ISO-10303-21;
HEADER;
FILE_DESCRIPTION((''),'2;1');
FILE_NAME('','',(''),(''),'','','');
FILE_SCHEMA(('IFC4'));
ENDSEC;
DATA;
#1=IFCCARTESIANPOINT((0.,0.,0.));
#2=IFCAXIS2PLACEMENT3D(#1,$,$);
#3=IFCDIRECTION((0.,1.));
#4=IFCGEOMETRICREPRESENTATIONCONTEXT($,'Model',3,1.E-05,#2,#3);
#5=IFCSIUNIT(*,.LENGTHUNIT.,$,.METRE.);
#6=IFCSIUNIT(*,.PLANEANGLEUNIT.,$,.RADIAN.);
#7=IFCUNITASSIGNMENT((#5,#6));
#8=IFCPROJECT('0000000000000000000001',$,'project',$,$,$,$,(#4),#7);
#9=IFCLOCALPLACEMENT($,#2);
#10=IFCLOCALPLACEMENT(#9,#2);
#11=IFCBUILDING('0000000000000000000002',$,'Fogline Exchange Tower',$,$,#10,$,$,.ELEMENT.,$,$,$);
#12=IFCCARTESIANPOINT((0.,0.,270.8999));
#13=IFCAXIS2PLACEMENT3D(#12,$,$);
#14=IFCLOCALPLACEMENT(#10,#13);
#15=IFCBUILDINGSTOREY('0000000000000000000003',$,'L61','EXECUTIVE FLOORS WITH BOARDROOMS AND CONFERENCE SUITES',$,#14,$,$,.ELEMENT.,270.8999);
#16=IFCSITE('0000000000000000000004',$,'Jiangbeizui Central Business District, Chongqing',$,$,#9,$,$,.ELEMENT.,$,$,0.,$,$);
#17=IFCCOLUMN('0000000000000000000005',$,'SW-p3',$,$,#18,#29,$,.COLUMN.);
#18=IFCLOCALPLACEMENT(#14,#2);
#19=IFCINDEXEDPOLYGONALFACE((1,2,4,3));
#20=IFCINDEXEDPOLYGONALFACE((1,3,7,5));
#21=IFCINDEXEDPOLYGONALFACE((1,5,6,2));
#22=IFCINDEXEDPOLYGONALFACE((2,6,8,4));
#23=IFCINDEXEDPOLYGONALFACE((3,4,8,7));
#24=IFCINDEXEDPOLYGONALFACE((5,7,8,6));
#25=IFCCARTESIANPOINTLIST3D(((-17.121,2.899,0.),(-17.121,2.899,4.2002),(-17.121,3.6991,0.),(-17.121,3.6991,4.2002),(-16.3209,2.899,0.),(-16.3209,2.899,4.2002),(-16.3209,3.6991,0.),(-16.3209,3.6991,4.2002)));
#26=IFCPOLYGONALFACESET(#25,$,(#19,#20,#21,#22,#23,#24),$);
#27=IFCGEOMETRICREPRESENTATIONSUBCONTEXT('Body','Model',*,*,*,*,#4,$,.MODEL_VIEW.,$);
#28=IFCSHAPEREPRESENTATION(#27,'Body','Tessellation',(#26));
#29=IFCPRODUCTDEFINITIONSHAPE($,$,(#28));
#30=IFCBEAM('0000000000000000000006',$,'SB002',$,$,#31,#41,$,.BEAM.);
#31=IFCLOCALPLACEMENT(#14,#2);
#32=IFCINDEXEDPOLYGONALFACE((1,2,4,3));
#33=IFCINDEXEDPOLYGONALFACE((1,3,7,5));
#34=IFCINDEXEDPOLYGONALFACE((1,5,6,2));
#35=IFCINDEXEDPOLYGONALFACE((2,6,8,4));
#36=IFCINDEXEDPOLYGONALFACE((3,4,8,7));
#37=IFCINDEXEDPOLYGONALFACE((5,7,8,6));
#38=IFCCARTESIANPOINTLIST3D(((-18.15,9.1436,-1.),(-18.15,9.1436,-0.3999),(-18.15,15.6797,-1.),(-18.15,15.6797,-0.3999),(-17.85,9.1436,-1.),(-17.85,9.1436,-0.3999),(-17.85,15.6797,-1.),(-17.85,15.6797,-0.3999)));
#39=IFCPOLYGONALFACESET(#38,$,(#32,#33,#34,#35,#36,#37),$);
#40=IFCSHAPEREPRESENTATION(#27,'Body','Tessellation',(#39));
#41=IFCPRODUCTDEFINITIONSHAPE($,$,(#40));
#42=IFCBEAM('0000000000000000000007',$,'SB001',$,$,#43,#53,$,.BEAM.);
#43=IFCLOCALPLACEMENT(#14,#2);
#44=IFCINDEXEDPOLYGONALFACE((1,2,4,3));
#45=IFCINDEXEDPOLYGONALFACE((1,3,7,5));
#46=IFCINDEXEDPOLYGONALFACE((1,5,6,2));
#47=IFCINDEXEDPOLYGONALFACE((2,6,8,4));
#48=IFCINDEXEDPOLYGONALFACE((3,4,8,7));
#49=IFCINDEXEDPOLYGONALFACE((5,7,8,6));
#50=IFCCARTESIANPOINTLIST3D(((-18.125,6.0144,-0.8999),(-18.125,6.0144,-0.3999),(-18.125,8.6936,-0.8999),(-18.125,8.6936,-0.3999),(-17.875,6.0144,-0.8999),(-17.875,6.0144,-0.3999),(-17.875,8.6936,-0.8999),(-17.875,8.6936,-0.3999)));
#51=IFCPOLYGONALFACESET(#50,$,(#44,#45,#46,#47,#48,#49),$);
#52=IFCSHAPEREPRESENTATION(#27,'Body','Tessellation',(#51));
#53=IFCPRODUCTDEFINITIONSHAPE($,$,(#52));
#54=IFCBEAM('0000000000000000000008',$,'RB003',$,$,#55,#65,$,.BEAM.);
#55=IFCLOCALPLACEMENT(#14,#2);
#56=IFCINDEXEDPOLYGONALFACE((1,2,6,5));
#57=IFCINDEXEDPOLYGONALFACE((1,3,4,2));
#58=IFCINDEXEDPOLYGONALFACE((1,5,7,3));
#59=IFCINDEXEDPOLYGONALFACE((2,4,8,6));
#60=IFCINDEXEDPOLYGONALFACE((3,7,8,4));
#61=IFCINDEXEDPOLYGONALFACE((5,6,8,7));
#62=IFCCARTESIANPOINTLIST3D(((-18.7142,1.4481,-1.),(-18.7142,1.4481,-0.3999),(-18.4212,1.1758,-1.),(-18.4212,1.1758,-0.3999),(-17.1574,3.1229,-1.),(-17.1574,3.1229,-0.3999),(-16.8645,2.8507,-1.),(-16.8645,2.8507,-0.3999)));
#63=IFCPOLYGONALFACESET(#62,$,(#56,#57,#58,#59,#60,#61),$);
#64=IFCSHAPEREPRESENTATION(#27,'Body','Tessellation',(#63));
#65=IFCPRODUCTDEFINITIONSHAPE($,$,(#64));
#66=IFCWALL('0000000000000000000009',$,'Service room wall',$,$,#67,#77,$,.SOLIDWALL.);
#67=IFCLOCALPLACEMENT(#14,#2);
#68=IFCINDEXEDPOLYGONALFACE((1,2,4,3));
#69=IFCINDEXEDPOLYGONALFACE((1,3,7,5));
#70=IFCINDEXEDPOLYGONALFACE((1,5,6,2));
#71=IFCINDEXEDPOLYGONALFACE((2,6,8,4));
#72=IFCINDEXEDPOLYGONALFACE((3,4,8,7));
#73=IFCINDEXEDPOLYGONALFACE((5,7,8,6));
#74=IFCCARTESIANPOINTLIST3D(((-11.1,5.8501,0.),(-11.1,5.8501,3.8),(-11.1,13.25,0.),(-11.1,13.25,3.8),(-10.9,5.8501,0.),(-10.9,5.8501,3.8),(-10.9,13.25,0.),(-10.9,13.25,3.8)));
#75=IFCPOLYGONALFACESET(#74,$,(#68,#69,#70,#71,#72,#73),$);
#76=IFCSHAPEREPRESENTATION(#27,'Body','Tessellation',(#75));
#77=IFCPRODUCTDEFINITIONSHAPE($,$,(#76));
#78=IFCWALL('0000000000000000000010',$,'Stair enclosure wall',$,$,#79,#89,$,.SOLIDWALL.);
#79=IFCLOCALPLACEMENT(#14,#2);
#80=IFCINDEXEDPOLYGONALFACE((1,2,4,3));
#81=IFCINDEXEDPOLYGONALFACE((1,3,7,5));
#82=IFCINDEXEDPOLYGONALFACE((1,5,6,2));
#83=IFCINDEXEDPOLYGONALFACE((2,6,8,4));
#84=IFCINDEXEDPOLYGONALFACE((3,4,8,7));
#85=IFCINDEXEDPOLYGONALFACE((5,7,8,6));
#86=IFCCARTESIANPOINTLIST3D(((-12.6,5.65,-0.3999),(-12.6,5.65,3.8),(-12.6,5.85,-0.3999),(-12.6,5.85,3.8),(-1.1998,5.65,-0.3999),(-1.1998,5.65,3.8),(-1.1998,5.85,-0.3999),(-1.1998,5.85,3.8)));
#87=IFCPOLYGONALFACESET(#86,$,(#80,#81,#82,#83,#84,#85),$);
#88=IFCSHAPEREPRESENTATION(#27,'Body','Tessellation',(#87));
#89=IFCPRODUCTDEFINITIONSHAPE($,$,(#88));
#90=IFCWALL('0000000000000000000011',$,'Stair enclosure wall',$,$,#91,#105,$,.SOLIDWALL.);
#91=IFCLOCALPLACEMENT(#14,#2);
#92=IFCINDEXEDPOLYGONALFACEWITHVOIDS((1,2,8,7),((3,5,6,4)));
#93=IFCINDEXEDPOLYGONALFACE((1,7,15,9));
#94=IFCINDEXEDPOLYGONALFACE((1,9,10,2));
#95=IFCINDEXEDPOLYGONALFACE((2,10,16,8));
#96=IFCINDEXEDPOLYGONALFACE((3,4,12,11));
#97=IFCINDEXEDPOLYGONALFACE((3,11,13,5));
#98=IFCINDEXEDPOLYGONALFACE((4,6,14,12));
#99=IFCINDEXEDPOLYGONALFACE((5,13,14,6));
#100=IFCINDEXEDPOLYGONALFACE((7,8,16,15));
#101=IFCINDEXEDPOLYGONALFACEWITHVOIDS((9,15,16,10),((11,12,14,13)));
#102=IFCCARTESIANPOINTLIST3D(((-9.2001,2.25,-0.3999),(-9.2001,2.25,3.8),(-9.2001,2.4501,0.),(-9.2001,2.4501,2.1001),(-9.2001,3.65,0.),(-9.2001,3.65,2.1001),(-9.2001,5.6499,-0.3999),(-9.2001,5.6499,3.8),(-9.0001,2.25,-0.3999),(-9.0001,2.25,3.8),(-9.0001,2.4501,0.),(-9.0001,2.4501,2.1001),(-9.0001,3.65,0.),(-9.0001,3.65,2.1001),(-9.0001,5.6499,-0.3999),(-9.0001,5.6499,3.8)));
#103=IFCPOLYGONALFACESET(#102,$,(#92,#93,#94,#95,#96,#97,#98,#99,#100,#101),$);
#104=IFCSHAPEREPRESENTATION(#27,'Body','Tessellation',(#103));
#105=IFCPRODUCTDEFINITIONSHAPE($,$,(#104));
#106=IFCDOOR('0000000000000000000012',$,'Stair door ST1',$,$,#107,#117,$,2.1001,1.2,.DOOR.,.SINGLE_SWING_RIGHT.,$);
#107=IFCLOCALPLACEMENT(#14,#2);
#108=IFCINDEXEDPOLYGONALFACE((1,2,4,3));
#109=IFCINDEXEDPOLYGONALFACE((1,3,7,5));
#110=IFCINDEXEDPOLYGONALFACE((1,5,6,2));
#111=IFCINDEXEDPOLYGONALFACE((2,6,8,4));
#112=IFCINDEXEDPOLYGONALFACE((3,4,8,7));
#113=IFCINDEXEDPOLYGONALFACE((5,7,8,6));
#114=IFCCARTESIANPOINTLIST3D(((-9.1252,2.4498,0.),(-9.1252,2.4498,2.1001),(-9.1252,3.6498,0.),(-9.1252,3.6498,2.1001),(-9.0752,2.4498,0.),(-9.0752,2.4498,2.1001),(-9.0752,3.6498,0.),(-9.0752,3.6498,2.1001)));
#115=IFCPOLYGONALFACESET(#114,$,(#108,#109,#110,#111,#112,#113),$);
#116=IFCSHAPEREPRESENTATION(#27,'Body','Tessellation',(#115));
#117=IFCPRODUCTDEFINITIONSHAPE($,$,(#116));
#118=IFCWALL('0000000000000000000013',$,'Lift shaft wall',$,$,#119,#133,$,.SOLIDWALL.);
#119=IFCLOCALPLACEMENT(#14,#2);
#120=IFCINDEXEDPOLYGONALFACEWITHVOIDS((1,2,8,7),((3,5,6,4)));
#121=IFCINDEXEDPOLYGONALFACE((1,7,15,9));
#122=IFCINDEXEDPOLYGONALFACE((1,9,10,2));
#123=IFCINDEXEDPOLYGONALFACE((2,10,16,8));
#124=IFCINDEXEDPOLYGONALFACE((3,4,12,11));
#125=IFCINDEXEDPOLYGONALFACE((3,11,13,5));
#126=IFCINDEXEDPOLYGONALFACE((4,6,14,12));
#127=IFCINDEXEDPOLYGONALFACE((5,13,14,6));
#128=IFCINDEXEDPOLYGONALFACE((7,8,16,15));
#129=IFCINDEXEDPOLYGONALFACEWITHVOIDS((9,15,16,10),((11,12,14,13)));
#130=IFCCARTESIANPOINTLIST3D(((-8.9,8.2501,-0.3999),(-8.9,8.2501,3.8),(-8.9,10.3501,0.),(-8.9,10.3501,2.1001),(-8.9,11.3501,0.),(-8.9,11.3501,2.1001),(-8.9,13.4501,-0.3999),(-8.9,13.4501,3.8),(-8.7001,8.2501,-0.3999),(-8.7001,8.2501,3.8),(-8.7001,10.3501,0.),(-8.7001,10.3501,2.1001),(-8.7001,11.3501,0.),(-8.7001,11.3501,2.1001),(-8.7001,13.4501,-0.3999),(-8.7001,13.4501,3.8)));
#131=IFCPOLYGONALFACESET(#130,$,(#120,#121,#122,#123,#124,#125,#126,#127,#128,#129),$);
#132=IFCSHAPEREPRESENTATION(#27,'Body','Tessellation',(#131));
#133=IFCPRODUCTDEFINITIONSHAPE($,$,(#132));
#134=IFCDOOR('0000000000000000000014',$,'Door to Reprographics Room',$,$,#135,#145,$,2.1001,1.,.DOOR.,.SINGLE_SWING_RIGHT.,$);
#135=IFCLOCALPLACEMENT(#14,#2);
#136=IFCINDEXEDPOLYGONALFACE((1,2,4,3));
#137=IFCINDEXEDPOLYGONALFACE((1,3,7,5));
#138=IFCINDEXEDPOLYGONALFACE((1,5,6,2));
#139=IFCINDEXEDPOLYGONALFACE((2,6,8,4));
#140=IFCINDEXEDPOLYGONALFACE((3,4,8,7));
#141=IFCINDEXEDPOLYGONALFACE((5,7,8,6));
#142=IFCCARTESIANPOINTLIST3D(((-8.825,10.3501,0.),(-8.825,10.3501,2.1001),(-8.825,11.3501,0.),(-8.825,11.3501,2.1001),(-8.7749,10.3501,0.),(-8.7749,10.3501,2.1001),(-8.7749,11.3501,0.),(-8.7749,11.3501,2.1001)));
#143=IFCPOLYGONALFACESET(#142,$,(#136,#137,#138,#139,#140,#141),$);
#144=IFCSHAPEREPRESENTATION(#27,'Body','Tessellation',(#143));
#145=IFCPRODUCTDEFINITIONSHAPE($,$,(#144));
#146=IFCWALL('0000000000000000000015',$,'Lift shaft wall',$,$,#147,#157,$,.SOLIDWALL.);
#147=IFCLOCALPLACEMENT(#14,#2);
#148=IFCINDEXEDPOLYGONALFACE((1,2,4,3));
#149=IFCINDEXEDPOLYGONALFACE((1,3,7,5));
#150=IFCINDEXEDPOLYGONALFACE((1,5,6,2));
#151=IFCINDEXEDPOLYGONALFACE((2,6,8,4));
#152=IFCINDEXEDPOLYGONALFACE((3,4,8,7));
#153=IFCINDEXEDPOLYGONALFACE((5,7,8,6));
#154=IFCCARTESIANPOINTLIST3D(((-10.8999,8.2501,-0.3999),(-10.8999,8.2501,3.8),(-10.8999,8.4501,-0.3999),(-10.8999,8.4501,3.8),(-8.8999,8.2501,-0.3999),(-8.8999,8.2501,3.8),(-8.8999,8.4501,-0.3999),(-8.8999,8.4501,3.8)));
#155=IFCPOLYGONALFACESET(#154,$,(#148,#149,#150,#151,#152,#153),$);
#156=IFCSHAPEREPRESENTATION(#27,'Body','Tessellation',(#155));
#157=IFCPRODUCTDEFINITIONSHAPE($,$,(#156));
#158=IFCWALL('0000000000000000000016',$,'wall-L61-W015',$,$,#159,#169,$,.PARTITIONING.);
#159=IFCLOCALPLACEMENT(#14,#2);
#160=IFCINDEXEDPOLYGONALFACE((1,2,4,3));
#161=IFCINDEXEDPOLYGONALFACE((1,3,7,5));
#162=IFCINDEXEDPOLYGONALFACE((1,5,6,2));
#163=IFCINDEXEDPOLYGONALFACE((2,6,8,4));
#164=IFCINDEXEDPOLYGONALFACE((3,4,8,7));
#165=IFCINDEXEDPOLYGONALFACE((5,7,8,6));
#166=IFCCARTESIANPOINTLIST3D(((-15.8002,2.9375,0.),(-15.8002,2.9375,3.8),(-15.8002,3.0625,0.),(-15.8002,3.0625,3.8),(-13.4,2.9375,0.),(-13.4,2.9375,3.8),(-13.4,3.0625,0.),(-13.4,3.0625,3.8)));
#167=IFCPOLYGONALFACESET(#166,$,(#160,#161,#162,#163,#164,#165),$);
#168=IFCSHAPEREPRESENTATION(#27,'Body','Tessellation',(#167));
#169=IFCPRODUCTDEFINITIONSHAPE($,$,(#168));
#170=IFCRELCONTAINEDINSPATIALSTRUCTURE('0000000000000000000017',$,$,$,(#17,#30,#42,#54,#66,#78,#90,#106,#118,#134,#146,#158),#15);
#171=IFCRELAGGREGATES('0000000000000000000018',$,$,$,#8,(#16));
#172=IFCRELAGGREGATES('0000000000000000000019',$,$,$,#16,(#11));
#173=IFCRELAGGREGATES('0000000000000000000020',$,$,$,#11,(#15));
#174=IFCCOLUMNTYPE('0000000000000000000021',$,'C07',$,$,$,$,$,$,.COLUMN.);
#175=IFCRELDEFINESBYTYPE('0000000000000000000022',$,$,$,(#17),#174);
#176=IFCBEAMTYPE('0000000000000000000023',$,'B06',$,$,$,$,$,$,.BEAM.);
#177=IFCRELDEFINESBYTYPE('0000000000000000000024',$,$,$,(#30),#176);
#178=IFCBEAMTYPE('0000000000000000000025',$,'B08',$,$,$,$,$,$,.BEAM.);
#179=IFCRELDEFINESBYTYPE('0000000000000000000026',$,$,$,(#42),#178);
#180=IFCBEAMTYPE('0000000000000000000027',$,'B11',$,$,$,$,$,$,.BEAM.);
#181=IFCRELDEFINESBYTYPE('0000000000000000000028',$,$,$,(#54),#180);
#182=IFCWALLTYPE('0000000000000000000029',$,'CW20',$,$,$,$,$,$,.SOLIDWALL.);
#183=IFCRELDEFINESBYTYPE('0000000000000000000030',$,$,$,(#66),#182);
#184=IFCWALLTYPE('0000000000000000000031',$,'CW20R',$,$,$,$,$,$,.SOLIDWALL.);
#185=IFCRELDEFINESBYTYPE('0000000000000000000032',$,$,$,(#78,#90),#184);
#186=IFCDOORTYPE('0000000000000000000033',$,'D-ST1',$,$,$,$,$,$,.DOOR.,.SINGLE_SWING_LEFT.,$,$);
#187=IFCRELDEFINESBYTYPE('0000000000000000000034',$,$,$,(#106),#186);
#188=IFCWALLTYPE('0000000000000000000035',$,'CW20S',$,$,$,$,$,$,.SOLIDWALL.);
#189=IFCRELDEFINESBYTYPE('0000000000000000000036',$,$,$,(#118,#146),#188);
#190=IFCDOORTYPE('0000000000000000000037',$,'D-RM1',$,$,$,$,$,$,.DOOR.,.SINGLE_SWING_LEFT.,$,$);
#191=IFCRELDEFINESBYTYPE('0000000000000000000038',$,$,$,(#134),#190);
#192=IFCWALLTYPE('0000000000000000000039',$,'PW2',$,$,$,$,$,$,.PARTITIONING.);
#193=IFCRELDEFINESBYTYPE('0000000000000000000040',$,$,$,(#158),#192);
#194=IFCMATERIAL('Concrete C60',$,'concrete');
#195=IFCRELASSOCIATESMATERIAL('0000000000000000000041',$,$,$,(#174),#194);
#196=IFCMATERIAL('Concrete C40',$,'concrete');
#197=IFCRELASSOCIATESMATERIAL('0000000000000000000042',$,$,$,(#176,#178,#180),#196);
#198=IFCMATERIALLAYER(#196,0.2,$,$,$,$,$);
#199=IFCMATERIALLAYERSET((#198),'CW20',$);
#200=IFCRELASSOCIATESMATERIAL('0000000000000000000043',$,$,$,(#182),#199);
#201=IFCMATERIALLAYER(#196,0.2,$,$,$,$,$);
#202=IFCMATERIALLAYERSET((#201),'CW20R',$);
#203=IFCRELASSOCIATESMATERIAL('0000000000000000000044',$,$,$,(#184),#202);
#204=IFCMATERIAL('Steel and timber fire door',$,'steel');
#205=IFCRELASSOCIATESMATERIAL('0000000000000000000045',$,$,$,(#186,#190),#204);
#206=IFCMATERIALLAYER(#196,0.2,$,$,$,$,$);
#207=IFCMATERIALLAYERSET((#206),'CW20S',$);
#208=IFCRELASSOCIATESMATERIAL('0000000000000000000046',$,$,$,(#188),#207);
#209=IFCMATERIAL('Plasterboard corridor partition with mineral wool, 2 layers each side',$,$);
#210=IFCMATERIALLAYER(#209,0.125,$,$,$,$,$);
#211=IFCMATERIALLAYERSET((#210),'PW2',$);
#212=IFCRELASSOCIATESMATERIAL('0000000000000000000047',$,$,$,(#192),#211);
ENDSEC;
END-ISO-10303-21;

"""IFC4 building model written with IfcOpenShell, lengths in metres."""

from ifc_helpers import new_model, si_unit, direction, frame, frame_2d, origin, origin_2d, place, context, subcontext, project, spatial, rectangle, extrude, material, layer, layer_set, material_profile, profile_set, type_object, element, fill, save


model = new_model("IFC4")

# Units and contexts
model_context = context("Model", 3, precision=1e-05, world=origin(), true_north=direction((0.0, 1.0)))
body_context = subcontext(model_context, "Body", "Model", "MODEL_VIEW")
ifc_project = project(units=[si_unit("LENGTHUNIT", "METRE"), si_unit("PLANEANGLEUNIT", "RADIAN")], contexts=[model_context])

# Site, building, storey
site_placement = place(None, origin())
site = spatial("IfcSite", under=ifc_project, at=site_placement, Name="Jiangbeizui Central Business District, Chongqing", CompositionType="ELEMENT", RefElevation=0.0)
building_placement = place(site_placement, origin())
building = spatial("IfcBuilding", under=site, at=building_placement, Name="Fogline Exchange Tower", CompositionType="ELEMENT")
storey_placement = place(building_placement, frame((0.0, 0.0, 270.8999)))
storey = spatial("IfcBuildingStorey", under=building, at=storey_placement, Name="L61", Description="EXECUTIVE FLOORS WITH BOARDROOMS AND CONFERENCE SUITES", CompositionType="ELEMENT", Elevation=270.8999)

# Column
ifc_material_1 = material(Name="Concrete C60", Category="concrete")
ifc_material_profile_1 = material_profile(ifc_material_1, rectangle(XDim=0.8, YDim=0.8, at=origin_2d()), Name="RC 800x800")
ifc_profile_set_1 = profile_set([ifc_material_profile_1], Name="Concrete C60")
column_type = type_object("IfcColumnType", Name="C07", PredefinedType="COLUMN", material=ifc_profile_set_1)
column_placement = place(storey_placement, frame((-16.7209, 3.2991, 0.0), z_axis=(0.0, 0.0, 1.0), x_axis=(1.0, 0.0, 0.0)))
element("IfcColumn", 1, at=column_placement, inside=storey, type_object=column_type, Name="SW-p3", PredefinedType="COLUMN", context=body_context, shape_type="SweptSolid", body=[
    extrude(rectangle(XDim=0.8, YDim=0.8, at=origin_2d()), origin(), (0.0, 0.0, 1.0), 4.2002),
])

# Beams
ifc_material_2 = material(Name="Concrete C40", Category="concrete")
ifc_material_profile_2 = material_profile(ifc_material_2, rectangle(XDim=0.3, YDim=0.6001, at=origin_2d()), Name="RC 300x600")
ifc_profile_set_2 = profile_set([ifc_material_profile_2], Name="Concrete C40")
beam_type_1 = type_object("IfcBeamType", Name="B06", PredefinedType="BEAM", material=ifc_profile_set_2)
beam_1_placement = place(storey_placement, frame((-18.0, 9.1436, -0.7), z_axis=(0.0, 1.0, 0.0), x_axis=(-1.0, 0.0, 0.0)))
element("IfcBeam", 2, at=beam_1_placement, inside=storey, type_object=beam_type_1, Name="SB002", PredefinedType="BEAM", context=body_context, shape_type="SweptSolid", body=[
    extrude(rectangle(XDim=0.3, YDim=0.6001, at=origin_2d()), origin(), (0.0, 0.0, 1.0), 6.5361),
])
ifc_material_profile_3 = material_profile(ifc_material_2, rectangle(XDim=0.25, YDim=0.5, at=origin_2d()), Name="RC 250x500")
ifc_profile_set_3 = profile_set([ifc_material_profile_3], Name="Concrete C40")
beam_type_2 = type_object("IfcBeamType", Name="B08", PredefinedType="BEAM", material=ifc_profile_set_3)
beam_2_placement = place(storey_placement, frame((-18.0, 6.0144, -0.6499), z_axis=(0.0, 1.0, 0.0), x_axis=(-1.0, 0.0, 0.0)))
element("IfcBeam", 3, at=beam_2_placement, inside=storey, type_object=beam_type_2, Name="SB001", PredefinedType="BEAM", context=body_context, shape_type="SweptSolid", body=[
    extrude(rectangle(XDim=0.25, YDim=0.5, at=origin_2d()), origin(), (0.0, 0.0, 1.0), 2.6792),
])
ifc_material_profile_4 = material_profile(ifc_material_2, rectangle(XDim=0.3999, YDim=0.6001, at=origin_2d()), Name="RC 400x600")
ifc_profile_set_4 = profile_set([ifc_material_profile_4], Name="Concrete C40")
beam_type_3 = type_object("IfcBeamType", Name="B11", PredefinedType="BEAM", material=ifc_profile_set_4)
beam_3_placement = place(storey_placement, frame((-17.011, 2.9868, -0.7), z_axis=(-0.680795, -0.732474, 0.0), x_axis=(0.732474, -0.680795, 0.0)))
element("IfcBeam", 4, at=beam_3_placement, inside=storey, type_object=beam_type_3, Name="RB003", PredefinedType="BEAM", context=body_context, shape_type="SweptSolid", body=[
    extrude(rectangle(XDim=0.3999, YDim=0.6001, at=origin_2d()), origin(), (0.0, 0.0, 1.0), 2.2866),
])

# Walls
ifc_layer_1 = layer(ifc_material_2, 0.2)
ifc_layer_set_1 = layer_set([ifc_layer_1], Name="CW20")
wall_type_1 = type_object("IfcWallType", Name="CW20", PredefinedType="SOLIDWALL", material=ifc_layer_set_1)
wall_1_placement = place(storey_placement, frame((-11.0, 5.8501, 0.0), z_axis=(0.0, 0.0, 1.0), x_axis=(0.0, 1.0, 0.0)))
element("IfcWall", 5, at=wall_1_placement, inside=storey, type_object=wall_type_1, Name="Service room wall", PredefinedType="SOLIDWALL", context=body_context, shape_type="SweptSolid", body=[
    extrude(rectangle(XDim=7.3999, YDim=0.2, at=frame_2d((3.7, 0.0))), origin(), (0.0, 0.0, 1.0), 3.8),
])
ifc_layer_2 = layer(ifc_material_2, 0.2)
ifc_layer_set_2 = layer_set([ifc_layer_2], Name="CW20R")
wall_type_2 = type_object("IfcWallType", Name="CW20R", PredefinedType="SOLIDWALL", material=ifc_layer_set_2)
wall_2_placement = place(storey_placement, frame((-12.6001, 5.75, -0.3999), z_axis=(0.0, 0.0, 1.0), x_axis=(1.0, 0.0, 0.0)))
element("IfcWall", 6, at=wall_2_placement, inside=storey, type_object=wall_type_2, Name="Stair enclosure wall", PredefinedType="SOLIDWALL", context=body_context, shape_type="SweptSolid", body=[
    extrude(rectangle(XDim=11.4001, YDim=0.2, at=frame_2d((5.7002, 0.0))), origin(), (0.0, 0.0, 1.0), 4.2),
])

# Walls, openings, doors
wall_3_placement = place(storey_placement, frame((-9.1001, 2.25, -0.3999), z_axis=(0.0, 0.0, 1.0), x_axis=(0.0, 1.0, 0.0)))
wall_3 = element("IfcWall", 7, at=wall_3_placement, inside=storey, type_object=wall_type_2, Name="Stair enclosure wall", PredefinedType="SOLIDWALL", context=body_context, shape_type="SweptSolid", body=[
    extrude(rectangle(XDim=3.3999, YDim=0.2, at=frame_2d((1.7, 0.0))), origin(), (0.0, 0.0, 1.0), 4.2),
])
opening_1_placement = place(wall_3_placement, frame((0.2, 0.0, 0.3999)))
opening_1 = element("IfcOpeningElement", 8, at=opening_1_placement, cuts=wall_3, PredefinedType="OPENING", context=body_context, shape_type="SweptSolid", body=[
    extrude(rectangle(XDim=1.2, YDim=2.1001, at=frame_2d((0.6001, 1.05))), frame((0.0, 0.1099, 0.0), z_axis=(0.0, -1.0, 0.0), x_axis=(1.0, 0.0, 0.0)), (0.0, 0.0, 1.0), 0.22),
])
ifc_material_3 = material(Name="Steel and timber fire door", Category="steel")
door_type_1 = type_object("IfcDoorType", Name="D-ST1", OperationType="SINGLE_SWING_LEFT", PredefinedType="DOOR", material=ifc_material_3)
door_1_placement = place(opening_1_placement, frame((1.2, 0.0, 0.0), z_axis=(0.0, 0.0, 1.0), x_axis=(-1.0, 0.0, 0.0)))
door_1 = element("IfcDoor", 9, at=door_1_placement, inside=storey, type_object=door_type_1, Name="Stair door ST1", OperationType="SINGLE_SWING_RIGHT", OverallHeight=2.1001, OverallWidth=1.2, PredefinedType="DOOR", context=body_context, shape_type="SweptSolid", body=[
    extrude(rectangle(XDim=1.2, YDim=2.1001, at=frame_2d((0.6001, 1.05))), frame((0.0, 0.0249, 0.0), z_axis=(0.0, -1.0, 0.0), x_axis=(1.0, 0.0, 0.0)), (0.0, 0.0, 1.0), 0.05),
])
fill(opening_1, door_1)
ifc_layer_3 = layer(ifc_material_2, 0.2)
ifc_layer_set_3 = layer_set([ifc_layer_3], Name="CW20S")
wall_type_3 = type_object("IfcWallType", Name="CW20S", PredefinedType="SOLIDWALL", material=ifc_layer_set_3)
wall_4_placement = place(storey_placement, frame((-8.8, 8.25, -0.3999), z_axis=(0.0, 0.0, 1.0), x_axis=(0.0, 1.0, 0.0)))
wall_4 = element("IfcWall", 10, at=wall_4_placement, inside=storey, type_object=wall_type_3, Name="Lift shaft wall", PredefinedType="SOLIDWALL", context=body_context, shape_type="SweptSolid", body=[
    extrude(rectangle(XDim=5.2, YDim=0.2, at=frame_2d((2.6001, 0.0))), origin(), (0.0, 0.0, 1.0), 4.2),
])
opening_2_placement = place(wall_4_placement, frame((2.1001, 0.0, 0.3999)))
opening_2 = element("IfcOpeningElement", 11, at=opening_2_placement, cuts=wall_4, PredefinedType="OPENING", context=body_context, shape_type="SweptSolid", body=[
    extrude(rectangle(XDim=1.0, YDim=2.1001, at=frame_2d((0.5, 1.05))), frame((0.0, 0.1099, 0.0), z_axis=(0.0, -1.0, 0.0), x_axis=(1.0, 0.0, 0.0)), (0.0, 0.0, 1.0), 0.22),
])
door_type_2 = type_object("IfcDoorType", Name="D-RM1", OperationType="SINGLE_SWING_LEFT", PredefinedType="DOOR", material=ifc_material_3)
door_2_placement = place(opening_2_placement, origin())
door_2 = element("IfcDoor", 12, at=door_2_placement, inside=storey, type_object=door_type_2, Name="Door to Reprographics Room", OperationType="SINGLE_SWING_RIGHT", OverallHeight=2.1001, OverallWidth=1.0, PredefinedType="DOOR", context=body_context, shape_type="SweptSolid", body=[
    extrude(rectangle(XDim=1.0, YDim=2.1001, at=frame_2d((0.5, 1.05))), frame((0.0, 0.0249, 0.0), z_axis=(0.0, -1.0, 0.0), x_axis=(1.0, 0.0, 0.0)), (0.0, 0.0, 1.0), 0.05),
])
fill(opening_2, door_2)

# Walls
wall_5_placement = place(storey_placement, frame((-10.8999, 8.3501, -0.3999), z_axis=(0.0, 0.0, 1.0), x_axis=(1.0, 0.0, 0.0)))
element("IfcWall", 13, at=wall_5_placement, inside=storey, type_object=wall_type_3, Name="Lift shaft wall", PredefinedType="SOLIDWALL", context=body_context, shape_type="SweptSolid", body=[
    extrude(rectangle(XDim=2.0, YDim=0.2, at=frame_2d((1.0, 0.0))), origin(), (0.0, 0.0, 1.0), 4.2),
])
ifc_material_4 = material(Name="Plasterboard corridor partition with mineral wool, 2 layers each side")
ifc_layer_4 = layer(ifc_material_4, 0.125)
ifc_layer_set_4 = layer_set([ifc_layer_4], Name="PW2")
wall_type_4 = type_object("IfcWallType", Name="PW2", PredefinedType="PARTITIONING", material=ifc_layer_set_4)
wall_6_placement = place(storey_placement, frame((-13.3999, 3.0, 0.0), z_axis=(0.0, 0.0, 1.0), x_axis=(-1.0, 0.0, 0.0)))
element("IfcWall", 14, at=wall_6_placement, inside=storey, type_object=wall_type_4, Name="wall-L61-W015", PredefinedType="PARTITIONING", context=body_context, shape_type="SweptSolid", body=[
    extrude(rectangle(XDim=2.4001, YDim=0.125, at=frame_2d((1.2002, 0.0))), origin(), (0.0, 0.0, 1.0), 3.8),
])

save(model, "model.ifc")
